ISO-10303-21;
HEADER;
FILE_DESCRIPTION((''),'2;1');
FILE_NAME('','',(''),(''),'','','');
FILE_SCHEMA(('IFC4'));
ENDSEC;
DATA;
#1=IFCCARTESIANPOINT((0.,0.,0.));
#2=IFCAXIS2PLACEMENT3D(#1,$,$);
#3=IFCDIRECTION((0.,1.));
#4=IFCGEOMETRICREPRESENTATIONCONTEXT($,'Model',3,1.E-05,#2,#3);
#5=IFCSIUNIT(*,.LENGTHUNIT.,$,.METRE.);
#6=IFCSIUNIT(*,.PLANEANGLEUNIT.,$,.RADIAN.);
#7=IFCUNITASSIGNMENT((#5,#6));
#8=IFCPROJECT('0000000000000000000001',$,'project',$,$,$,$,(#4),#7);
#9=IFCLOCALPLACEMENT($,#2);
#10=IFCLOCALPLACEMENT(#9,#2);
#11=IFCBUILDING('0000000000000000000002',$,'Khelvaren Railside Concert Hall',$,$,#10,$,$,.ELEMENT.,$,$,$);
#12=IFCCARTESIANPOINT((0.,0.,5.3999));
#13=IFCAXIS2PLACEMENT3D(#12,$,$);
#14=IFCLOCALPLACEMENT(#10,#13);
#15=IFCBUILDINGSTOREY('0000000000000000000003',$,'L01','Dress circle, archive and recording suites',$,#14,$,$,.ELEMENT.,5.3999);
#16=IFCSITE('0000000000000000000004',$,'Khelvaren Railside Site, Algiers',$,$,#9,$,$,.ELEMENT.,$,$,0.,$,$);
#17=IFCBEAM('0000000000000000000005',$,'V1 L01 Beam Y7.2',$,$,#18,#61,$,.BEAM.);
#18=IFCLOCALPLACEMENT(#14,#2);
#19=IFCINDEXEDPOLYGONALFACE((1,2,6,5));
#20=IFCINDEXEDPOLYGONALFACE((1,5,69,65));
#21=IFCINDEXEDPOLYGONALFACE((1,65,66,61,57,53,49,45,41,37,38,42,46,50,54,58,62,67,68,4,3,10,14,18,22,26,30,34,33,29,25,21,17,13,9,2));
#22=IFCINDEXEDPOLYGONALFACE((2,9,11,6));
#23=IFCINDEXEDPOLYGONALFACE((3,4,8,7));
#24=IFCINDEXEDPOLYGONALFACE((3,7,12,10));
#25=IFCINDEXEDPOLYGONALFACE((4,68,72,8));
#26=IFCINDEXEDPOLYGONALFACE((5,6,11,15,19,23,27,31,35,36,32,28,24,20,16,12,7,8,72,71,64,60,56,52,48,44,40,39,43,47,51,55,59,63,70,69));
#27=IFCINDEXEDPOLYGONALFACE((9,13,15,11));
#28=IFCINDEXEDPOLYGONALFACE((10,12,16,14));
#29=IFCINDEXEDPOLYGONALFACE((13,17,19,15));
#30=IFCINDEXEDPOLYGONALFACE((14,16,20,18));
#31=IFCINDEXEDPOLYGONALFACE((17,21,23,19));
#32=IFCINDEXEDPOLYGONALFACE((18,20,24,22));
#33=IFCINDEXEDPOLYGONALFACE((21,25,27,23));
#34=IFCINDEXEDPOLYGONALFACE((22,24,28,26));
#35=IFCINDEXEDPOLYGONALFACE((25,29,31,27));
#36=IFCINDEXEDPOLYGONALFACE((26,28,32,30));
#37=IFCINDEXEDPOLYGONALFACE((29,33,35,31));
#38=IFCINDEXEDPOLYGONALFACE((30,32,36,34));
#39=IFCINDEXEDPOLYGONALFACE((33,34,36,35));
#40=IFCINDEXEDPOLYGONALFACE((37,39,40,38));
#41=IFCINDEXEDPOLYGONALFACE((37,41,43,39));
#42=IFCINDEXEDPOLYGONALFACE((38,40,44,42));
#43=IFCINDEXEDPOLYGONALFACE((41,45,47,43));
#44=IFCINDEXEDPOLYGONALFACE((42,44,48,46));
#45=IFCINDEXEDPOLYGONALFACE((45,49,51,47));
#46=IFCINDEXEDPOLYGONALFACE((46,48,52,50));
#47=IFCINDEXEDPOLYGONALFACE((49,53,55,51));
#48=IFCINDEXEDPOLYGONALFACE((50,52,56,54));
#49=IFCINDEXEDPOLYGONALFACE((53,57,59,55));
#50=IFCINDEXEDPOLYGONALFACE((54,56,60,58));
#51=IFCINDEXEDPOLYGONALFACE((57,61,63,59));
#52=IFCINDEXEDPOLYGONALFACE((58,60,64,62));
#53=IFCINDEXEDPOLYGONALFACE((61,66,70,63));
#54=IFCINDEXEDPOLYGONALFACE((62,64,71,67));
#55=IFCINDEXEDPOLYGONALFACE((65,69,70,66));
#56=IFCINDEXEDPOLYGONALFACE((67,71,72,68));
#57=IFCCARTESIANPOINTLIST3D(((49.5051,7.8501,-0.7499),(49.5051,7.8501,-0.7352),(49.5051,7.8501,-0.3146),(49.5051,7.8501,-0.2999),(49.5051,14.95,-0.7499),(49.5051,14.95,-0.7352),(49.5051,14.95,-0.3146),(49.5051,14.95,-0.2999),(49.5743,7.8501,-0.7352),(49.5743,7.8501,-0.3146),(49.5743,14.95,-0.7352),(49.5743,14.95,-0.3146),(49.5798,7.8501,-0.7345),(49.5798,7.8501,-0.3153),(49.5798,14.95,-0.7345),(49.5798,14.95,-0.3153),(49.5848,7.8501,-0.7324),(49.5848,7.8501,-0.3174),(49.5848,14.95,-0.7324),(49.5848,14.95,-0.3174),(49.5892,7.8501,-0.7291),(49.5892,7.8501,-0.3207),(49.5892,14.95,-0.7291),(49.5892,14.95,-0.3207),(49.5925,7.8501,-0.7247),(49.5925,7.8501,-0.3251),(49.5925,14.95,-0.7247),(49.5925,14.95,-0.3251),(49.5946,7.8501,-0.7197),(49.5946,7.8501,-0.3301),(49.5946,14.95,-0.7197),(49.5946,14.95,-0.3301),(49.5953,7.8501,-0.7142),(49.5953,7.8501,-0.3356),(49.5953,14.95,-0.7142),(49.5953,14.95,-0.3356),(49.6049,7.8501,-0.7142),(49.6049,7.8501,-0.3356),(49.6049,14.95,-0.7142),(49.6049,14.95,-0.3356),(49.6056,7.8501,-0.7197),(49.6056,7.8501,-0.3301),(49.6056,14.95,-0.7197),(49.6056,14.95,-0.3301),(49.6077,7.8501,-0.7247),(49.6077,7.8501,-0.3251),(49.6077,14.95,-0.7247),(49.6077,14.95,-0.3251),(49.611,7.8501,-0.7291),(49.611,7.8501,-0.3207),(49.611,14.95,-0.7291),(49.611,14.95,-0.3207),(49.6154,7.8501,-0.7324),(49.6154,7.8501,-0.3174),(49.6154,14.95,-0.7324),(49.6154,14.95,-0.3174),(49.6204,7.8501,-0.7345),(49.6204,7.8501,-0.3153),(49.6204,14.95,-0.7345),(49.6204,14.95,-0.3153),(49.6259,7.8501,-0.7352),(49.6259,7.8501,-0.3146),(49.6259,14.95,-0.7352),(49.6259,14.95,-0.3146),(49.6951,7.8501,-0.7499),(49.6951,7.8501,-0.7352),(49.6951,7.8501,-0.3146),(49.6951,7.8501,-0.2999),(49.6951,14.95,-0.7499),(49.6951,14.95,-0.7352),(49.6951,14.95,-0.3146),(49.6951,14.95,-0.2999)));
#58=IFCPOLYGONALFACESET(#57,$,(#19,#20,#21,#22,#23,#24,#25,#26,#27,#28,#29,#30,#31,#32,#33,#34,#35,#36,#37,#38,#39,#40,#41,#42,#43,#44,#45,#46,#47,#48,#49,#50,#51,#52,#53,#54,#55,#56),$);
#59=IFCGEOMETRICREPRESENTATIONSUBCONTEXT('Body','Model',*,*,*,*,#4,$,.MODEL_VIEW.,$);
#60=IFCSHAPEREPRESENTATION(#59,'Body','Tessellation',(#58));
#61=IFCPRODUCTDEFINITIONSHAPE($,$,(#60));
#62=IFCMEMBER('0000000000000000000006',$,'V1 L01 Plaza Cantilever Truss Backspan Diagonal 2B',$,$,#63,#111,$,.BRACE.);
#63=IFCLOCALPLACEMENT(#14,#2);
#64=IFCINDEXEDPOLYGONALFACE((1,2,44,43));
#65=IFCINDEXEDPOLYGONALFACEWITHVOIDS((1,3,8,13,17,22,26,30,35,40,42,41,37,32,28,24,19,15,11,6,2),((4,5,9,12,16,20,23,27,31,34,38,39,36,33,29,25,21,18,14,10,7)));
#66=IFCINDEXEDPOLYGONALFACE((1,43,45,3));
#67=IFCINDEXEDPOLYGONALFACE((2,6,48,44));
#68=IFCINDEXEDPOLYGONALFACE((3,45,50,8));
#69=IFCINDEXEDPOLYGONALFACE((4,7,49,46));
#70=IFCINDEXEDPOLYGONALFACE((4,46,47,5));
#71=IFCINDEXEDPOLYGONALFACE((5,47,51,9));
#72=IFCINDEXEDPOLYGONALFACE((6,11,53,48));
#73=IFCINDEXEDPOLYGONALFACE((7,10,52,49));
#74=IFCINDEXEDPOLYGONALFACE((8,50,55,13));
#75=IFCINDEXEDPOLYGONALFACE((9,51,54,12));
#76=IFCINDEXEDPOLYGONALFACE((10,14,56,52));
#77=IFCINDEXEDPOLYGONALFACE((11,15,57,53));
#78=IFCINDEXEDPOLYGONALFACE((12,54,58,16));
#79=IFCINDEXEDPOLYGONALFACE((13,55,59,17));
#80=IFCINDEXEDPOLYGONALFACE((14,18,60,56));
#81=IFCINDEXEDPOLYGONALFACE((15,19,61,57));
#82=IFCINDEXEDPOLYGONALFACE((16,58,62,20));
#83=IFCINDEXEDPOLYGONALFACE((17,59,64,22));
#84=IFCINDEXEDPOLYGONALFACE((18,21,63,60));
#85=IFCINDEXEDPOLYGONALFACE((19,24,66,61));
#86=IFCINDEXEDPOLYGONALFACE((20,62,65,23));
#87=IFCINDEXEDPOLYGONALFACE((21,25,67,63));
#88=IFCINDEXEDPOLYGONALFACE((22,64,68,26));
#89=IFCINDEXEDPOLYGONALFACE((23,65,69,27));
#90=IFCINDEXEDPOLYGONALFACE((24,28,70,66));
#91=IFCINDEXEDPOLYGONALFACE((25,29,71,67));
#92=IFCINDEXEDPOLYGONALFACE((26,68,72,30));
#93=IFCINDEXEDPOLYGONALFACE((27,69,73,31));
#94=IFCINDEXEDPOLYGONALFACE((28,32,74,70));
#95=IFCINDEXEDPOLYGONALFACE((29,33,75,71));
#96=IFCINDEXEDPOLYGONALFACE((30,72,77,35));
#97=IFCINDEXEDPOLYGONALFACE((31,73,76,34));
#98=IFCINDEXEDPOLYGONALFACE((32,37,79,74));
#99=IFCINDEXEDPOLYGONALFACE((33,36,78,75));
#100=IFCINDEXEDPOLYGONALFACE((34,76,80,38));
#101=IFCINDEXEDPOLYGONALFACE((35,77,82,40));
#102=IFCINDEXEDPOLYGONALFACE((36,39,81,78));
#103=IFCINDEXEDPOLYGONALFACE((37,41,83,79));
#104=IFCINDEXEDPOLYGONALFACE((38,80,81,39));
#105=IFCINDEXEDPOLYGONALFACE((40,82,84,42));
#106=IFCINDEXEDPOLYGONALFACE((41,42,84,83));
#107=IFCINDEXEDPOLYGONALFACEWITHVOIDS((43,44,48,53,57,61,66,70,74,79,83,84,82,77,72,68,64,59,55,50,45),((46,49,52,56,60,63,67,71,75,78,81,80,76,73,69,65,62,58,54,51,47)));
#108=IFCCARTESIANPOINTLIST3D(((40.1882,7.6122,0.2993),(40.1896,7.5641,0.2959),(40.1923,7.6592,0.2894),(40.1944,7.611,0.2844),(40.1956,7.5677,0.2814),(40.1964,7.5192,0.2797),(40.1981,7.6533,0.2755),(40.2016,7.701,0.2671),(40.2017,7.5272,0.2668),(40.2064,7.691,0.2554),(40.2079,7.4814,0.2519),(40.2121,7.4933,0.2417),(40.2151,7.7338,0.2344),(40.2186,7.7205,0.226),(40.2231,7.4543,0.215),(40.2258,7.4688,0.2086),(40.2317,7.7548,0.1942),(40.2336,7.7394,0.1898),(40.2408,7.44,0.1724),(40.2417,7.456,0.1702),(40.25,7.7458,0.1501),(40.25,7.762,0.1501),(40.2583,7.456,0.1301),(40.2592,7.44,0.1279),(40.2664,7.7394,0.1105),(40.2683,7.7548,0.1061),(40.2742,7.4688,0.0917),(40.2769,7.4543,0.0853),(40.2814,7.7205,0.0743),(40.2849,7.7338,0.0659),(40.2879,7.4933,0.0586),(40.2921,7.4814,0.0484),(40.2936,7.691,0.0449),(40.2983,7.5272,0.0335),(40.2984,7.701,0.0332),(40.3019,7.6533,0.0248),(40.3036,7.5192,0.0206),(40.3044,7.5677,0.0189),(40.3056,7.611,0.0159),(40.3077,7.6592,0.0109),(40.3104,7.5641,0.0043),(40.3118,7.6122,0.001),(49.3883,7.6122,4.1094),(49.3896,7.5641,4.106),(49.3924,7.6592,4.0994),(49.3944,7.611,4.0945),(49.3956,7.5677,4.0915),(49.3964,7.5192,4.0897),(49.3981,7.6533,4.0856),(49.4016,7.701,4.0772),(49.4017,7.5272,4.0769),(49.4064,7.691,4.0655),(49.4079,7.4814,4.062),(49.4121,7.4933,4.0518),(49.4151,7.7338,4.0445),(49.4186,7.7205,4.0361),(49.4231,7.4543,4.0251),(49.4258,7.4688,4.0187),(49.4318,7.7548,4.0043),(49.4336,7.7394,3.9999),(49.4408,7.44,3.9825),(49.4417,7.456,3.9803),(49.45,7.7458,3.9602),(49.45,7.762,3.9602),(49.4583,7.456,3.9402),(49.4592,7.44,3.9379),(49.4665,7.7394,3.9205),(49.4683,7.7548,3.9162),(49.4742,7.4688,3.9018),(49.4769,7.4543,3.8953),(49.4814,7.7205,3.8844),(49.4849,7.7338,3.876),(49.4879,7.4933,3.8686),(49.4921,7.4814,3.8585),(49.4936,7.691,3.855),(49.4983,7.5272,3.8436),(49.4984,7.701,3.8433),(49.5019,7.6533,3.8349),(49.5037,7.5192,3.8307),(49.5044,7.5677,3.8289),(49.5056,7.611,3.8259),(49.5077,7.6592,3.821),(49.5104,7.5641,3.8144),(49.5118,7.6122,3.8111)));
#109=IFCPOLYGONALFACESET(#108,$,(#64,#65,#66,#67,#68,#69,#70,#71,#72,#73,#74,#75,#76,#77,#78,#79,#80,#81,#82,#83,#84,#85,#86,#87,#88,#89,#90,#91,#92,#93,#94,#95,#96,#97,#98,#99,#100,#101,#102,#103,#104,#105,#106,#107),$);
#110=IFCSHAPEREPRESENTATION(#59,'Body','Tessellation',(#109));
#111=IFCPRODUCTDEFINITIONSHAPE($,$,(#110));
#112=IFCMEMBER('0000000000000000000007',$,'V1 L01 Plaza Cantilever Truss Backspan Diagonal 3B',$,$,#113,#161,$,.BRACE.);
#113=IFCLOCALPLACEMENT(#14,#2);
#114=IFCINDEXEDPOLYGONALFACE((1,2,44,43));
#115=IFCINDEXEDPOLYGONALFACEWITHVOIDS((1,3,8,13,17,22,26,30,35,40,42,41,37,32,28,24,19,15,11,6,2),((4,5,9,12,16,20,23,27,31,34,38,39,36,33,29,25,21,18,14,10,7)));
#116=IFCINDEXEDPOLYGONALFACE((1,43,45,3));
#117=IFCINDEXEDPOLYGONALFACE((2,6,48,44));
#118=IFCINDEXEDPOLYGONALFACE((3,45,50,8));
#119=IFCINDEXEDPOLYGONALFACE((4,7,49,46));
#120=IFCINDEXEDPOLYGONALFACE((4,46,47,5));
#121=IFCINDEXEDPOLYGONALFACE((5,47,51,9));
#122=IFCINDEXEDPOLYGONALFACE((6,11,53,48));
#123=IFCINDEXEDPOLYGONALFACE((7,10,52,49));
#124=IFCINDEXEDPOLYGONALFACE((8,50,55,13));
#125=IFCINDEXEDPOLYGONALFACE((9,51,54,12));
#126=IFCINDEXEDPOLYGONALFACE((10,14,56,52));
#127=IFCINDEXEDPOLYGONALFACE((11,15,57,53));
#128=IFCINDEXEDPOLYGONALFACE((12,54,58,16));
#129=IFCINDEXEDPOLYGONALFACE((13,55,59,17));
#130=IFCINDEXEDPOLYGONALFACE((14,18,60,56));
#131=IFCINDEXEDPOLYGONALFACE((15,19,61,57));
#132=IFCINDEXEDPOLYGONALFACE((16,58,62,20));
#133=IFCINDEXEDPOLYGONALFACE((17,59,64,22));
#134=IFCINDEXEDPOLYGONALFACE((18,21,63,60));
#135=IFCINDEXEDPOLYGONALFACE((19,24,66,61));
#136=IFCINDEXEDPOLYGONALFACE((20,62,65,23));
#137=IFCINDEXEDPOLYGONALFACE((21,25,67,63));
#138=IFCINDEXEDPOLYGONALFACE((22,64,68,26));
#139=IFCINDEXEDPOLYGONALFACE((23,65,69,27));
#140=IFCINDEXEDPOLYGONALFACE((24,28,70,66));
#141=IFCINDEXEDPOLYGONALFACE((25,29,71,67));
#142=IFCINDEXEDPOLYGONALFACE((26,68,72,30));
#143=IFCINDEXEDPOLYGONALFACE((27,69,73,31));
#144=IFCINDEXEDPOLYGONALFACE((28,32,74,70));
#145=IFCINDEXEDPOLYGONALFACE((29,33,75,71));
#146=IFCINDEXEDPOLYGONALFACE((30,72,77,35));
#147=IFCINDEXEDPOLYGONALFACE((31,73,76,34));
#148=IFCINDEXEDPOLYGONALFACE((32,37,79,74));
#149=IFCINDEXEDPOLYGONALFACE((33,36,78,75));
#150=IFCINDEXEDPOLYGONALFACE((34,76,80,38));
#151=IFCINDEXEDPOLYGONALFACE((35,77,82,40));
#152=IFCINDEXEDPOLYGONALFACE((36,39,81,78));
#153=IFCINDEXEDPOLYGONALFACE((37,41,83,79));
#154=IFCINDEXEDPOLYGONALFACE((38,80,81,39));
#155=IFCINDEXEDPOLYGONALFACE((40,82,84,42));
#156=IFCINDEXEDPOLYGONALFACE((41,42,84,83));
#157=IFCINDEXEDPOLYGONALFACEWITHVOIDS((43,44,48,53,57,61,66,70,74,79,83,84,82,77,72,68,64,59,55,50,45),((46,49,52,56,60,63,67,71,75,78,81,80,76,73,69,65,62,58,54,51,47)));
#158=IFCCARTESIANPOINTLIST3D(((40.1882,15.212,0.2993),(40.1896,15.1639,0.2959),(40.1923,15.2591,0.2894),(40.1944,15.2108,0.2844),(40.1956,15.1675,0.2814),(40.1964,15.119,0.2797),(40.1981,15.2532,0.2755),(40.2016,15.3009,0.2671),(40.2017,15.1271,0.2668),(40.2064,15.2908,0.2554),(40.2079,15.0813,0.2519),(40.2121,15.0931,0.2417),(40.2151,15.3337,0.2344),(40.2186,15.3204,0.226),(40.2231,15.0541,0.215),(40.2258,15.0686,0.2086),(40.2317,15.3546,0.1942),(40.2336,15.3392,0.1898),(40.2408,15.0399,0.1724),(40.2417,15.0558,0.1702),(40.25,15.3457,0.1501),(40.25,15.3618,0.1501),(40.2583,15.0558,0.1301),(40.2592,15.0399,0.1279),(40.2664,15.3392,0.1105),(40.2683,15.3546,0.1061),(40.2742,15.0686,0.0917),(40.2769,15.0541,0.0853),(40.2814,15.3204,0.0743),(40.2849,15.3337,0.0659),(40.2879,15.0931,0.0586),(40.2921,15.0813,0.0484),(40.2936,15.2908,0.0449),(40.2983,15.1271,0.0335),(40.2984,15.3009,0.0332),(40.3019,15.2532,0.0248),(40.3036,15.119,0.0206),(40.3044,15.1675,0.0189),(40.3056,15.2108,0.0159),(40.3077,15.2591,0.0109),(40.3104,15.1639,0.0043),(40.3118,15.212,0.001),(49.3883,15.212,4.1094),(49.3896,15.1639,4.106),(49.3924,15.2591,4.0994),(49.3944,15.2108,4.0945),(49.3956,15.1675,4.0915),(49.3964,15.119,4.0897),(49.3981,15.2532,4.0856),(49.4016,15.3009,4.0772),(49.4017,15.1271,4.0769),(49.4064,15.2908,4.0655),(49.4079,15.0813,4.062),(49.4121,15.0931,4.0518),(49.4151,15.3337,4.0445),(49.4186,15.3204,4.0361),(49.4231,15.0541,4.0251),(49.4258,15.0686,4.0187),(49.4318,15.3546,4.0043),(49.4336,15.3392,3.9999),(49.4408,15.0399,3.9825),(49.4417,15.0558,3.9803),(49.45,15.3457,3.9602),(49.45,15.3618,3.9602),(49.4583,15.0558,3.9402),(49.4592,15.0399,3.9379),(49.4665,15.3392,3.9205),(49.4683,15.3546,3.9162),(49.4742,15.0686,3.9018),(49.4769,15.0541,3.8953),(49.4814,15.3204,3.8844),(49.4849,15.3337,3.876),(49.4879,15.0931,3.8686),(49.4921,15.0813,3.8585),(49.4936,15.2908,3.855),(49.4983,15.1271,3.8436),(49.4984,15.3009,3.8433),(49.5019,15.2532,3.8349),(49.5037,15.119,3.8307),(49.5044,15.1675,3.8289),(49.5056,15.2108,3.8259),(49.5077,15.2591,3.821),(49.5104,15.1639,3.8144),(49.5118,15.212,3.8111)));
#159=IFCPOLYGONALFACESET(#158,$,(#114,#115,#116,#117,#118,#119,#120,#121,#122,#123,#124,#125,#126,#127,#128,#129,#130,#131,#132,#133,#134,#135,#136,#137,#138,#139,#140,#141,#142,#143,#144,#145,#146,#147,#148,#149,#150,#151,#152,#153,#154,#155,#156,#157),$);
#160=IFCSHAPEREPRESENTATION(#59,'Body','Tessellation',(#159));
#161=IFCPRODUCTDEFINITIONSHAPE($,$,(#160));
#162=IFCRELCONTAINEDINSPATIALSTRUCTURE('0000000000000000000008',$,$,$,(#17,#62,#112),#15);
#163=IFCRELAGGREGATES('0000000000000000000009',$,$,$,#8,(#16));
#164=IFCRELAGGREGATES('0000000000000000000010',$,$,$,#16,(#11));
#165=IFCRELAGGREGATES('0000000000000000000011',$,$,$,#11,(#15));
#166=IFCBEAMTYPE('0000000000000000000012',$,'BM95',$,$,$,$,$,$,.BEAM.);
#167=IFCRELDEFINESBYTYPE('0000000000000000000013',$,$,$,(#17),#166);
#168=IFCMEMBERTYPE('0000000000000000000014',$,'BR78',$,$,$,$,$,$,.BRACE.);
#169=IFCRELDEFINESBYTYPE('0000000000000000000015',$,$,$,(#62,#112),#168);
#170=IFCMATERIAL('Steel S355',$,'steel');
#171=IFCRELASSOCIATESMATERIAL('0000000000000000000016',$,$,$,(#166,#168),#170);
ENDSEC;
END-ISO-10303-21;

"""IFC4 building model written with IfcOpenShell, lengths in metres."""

from ifc_helpers import new_model, si_unit, direction, frame, origin, origin_2d, place, context, subcontext, project, spatial, hollow_circle, i_section, extrude, material, material_profile, profile_set, type_object, element, save


model = new_model("IFC4")

# Units and contexts
model_context = context("Model", 3, precision=1e-05, world=origin(), true_north=direction((0.0, 1.0)))
body_context = subcontext(model_context, "Body", "Model", "MODEL_VIEW")
ifc_project = project(units=[si_unit("LENGTHUNIT", "METRE"), si_unit("PLANEANGLEUNIT", "RADIAN")], contexts=[model_context])

# Site, building, storey
site_placement = place(None, origin())
site = spatial("IfcSite", under=ifc_project, at=site_placement, Name="Khelvaren Railside Site, Algiers", CompositionType="ELEMENT", RefElevation=0.0)
building_placement = place(site_placement, origin())
building = spatial("IfcBuilding", under=site, at=building_placement, Name="Khelvaren Railside Concert Hall", CompositionType="ELEMENT")
storey_placement = place(building_placement, frame((0.0, 0.0, 5.3999)))
storey = spatial("IfcBuildingStorey", under=building, at=storey_placement, Name="L01", Description="Dress circle, archive and recording suites", CompositionType="ELEMENT", Elevation=5.3999)

# Shared definitions
ifc_material_1 = material(Name="Steel S355", Category="steel")

# Beam
ifc_material_profile_1 = material_profile(ifc_material_1, i_section(OverallWidth=0.1899, OverallDepth=0.45, WebThickness=0.0095, FlangeThickness=0.0146, FilletRadius=0.021, at=origin_2d()), Name="IPE 450")
ifc_profile_set_1 = profile_set([ifc_material_profile_1], Name="Steel S355")
beam_type_1 = type_object("IfcBeamType", Name="BM95", PredefinedType="BEAM", material=ifc_profile_set_1)
beam_1_placement = place(storey_placement, frame((49.6001, 7.8501, -0.5249), z_axis=(0.0, 1.0, 0.0), x_axis=(-1.0, 0.0, 0.0)))
element("IfcBeam", 1, at=beam_1_placement, inside=storey, type_object=beam_type_1, Name="V1 L01 Beam Y7.2", PredefinedType="BEAM", context=body_context, shape_type="SweptSolid", body=[
    extrude(i_section(OverallWidth=0.1899, OverallDepth=0.45, WebThickness=0.0095, FlangeThickness=0.0146, FilletRadius=0.021, at=origin_2d()), origin(), (0.0, 0.0, 1.0), 7.0999),
])

# Members
ifc_material_profile_2 = material_profile(ifc_material_1, hollow_circle(Radius=0.1619, WallThickness=0.0161, at=origin_2d()), Name="CHS 323.9x16")
ifc_profile_set_2 = profile_set([ifc_material_profile_2], Name="Steel S355")
member_type = type_object("IfcMemberType", Name="BR78", PredefinedType="BRACE", material=ifc_profile_set_2)
for number, where, z_axis, x_axis, name in (
    (2, (40.25, 7.6001, 0.1501), (0.923904, 0.0, 0.382625), (0.0, 1.0, 0.0), "V1 L01 Plaza Cantilever Truss Backspan Diagonal 2B"),
    (3, (40.25, 15.2, 0.1501), (0.923904, 0.0, 0.382625), (0.0, 1.0, 0.0), "V1 L01 Plaza Cantilever Truss Backspan Diagonal 3B"),
):
    element("IfcMember", number, at=place(storey_placement, frame(where, z_axis=z_axis, x_axis=x_axis)), inside=storey, type_object=member_type, Name=name, PredefinedType="BRACE", context=body_context, shape_type="SweptSolid", body=[
        extrude(hollow_circle(Radius=0.1619, WallThickness=0.0161, at=origin_2d()), origin(), (0.0, 0.0, 1.0), 9.9578),
    ])

save(model, "model.ifc")
